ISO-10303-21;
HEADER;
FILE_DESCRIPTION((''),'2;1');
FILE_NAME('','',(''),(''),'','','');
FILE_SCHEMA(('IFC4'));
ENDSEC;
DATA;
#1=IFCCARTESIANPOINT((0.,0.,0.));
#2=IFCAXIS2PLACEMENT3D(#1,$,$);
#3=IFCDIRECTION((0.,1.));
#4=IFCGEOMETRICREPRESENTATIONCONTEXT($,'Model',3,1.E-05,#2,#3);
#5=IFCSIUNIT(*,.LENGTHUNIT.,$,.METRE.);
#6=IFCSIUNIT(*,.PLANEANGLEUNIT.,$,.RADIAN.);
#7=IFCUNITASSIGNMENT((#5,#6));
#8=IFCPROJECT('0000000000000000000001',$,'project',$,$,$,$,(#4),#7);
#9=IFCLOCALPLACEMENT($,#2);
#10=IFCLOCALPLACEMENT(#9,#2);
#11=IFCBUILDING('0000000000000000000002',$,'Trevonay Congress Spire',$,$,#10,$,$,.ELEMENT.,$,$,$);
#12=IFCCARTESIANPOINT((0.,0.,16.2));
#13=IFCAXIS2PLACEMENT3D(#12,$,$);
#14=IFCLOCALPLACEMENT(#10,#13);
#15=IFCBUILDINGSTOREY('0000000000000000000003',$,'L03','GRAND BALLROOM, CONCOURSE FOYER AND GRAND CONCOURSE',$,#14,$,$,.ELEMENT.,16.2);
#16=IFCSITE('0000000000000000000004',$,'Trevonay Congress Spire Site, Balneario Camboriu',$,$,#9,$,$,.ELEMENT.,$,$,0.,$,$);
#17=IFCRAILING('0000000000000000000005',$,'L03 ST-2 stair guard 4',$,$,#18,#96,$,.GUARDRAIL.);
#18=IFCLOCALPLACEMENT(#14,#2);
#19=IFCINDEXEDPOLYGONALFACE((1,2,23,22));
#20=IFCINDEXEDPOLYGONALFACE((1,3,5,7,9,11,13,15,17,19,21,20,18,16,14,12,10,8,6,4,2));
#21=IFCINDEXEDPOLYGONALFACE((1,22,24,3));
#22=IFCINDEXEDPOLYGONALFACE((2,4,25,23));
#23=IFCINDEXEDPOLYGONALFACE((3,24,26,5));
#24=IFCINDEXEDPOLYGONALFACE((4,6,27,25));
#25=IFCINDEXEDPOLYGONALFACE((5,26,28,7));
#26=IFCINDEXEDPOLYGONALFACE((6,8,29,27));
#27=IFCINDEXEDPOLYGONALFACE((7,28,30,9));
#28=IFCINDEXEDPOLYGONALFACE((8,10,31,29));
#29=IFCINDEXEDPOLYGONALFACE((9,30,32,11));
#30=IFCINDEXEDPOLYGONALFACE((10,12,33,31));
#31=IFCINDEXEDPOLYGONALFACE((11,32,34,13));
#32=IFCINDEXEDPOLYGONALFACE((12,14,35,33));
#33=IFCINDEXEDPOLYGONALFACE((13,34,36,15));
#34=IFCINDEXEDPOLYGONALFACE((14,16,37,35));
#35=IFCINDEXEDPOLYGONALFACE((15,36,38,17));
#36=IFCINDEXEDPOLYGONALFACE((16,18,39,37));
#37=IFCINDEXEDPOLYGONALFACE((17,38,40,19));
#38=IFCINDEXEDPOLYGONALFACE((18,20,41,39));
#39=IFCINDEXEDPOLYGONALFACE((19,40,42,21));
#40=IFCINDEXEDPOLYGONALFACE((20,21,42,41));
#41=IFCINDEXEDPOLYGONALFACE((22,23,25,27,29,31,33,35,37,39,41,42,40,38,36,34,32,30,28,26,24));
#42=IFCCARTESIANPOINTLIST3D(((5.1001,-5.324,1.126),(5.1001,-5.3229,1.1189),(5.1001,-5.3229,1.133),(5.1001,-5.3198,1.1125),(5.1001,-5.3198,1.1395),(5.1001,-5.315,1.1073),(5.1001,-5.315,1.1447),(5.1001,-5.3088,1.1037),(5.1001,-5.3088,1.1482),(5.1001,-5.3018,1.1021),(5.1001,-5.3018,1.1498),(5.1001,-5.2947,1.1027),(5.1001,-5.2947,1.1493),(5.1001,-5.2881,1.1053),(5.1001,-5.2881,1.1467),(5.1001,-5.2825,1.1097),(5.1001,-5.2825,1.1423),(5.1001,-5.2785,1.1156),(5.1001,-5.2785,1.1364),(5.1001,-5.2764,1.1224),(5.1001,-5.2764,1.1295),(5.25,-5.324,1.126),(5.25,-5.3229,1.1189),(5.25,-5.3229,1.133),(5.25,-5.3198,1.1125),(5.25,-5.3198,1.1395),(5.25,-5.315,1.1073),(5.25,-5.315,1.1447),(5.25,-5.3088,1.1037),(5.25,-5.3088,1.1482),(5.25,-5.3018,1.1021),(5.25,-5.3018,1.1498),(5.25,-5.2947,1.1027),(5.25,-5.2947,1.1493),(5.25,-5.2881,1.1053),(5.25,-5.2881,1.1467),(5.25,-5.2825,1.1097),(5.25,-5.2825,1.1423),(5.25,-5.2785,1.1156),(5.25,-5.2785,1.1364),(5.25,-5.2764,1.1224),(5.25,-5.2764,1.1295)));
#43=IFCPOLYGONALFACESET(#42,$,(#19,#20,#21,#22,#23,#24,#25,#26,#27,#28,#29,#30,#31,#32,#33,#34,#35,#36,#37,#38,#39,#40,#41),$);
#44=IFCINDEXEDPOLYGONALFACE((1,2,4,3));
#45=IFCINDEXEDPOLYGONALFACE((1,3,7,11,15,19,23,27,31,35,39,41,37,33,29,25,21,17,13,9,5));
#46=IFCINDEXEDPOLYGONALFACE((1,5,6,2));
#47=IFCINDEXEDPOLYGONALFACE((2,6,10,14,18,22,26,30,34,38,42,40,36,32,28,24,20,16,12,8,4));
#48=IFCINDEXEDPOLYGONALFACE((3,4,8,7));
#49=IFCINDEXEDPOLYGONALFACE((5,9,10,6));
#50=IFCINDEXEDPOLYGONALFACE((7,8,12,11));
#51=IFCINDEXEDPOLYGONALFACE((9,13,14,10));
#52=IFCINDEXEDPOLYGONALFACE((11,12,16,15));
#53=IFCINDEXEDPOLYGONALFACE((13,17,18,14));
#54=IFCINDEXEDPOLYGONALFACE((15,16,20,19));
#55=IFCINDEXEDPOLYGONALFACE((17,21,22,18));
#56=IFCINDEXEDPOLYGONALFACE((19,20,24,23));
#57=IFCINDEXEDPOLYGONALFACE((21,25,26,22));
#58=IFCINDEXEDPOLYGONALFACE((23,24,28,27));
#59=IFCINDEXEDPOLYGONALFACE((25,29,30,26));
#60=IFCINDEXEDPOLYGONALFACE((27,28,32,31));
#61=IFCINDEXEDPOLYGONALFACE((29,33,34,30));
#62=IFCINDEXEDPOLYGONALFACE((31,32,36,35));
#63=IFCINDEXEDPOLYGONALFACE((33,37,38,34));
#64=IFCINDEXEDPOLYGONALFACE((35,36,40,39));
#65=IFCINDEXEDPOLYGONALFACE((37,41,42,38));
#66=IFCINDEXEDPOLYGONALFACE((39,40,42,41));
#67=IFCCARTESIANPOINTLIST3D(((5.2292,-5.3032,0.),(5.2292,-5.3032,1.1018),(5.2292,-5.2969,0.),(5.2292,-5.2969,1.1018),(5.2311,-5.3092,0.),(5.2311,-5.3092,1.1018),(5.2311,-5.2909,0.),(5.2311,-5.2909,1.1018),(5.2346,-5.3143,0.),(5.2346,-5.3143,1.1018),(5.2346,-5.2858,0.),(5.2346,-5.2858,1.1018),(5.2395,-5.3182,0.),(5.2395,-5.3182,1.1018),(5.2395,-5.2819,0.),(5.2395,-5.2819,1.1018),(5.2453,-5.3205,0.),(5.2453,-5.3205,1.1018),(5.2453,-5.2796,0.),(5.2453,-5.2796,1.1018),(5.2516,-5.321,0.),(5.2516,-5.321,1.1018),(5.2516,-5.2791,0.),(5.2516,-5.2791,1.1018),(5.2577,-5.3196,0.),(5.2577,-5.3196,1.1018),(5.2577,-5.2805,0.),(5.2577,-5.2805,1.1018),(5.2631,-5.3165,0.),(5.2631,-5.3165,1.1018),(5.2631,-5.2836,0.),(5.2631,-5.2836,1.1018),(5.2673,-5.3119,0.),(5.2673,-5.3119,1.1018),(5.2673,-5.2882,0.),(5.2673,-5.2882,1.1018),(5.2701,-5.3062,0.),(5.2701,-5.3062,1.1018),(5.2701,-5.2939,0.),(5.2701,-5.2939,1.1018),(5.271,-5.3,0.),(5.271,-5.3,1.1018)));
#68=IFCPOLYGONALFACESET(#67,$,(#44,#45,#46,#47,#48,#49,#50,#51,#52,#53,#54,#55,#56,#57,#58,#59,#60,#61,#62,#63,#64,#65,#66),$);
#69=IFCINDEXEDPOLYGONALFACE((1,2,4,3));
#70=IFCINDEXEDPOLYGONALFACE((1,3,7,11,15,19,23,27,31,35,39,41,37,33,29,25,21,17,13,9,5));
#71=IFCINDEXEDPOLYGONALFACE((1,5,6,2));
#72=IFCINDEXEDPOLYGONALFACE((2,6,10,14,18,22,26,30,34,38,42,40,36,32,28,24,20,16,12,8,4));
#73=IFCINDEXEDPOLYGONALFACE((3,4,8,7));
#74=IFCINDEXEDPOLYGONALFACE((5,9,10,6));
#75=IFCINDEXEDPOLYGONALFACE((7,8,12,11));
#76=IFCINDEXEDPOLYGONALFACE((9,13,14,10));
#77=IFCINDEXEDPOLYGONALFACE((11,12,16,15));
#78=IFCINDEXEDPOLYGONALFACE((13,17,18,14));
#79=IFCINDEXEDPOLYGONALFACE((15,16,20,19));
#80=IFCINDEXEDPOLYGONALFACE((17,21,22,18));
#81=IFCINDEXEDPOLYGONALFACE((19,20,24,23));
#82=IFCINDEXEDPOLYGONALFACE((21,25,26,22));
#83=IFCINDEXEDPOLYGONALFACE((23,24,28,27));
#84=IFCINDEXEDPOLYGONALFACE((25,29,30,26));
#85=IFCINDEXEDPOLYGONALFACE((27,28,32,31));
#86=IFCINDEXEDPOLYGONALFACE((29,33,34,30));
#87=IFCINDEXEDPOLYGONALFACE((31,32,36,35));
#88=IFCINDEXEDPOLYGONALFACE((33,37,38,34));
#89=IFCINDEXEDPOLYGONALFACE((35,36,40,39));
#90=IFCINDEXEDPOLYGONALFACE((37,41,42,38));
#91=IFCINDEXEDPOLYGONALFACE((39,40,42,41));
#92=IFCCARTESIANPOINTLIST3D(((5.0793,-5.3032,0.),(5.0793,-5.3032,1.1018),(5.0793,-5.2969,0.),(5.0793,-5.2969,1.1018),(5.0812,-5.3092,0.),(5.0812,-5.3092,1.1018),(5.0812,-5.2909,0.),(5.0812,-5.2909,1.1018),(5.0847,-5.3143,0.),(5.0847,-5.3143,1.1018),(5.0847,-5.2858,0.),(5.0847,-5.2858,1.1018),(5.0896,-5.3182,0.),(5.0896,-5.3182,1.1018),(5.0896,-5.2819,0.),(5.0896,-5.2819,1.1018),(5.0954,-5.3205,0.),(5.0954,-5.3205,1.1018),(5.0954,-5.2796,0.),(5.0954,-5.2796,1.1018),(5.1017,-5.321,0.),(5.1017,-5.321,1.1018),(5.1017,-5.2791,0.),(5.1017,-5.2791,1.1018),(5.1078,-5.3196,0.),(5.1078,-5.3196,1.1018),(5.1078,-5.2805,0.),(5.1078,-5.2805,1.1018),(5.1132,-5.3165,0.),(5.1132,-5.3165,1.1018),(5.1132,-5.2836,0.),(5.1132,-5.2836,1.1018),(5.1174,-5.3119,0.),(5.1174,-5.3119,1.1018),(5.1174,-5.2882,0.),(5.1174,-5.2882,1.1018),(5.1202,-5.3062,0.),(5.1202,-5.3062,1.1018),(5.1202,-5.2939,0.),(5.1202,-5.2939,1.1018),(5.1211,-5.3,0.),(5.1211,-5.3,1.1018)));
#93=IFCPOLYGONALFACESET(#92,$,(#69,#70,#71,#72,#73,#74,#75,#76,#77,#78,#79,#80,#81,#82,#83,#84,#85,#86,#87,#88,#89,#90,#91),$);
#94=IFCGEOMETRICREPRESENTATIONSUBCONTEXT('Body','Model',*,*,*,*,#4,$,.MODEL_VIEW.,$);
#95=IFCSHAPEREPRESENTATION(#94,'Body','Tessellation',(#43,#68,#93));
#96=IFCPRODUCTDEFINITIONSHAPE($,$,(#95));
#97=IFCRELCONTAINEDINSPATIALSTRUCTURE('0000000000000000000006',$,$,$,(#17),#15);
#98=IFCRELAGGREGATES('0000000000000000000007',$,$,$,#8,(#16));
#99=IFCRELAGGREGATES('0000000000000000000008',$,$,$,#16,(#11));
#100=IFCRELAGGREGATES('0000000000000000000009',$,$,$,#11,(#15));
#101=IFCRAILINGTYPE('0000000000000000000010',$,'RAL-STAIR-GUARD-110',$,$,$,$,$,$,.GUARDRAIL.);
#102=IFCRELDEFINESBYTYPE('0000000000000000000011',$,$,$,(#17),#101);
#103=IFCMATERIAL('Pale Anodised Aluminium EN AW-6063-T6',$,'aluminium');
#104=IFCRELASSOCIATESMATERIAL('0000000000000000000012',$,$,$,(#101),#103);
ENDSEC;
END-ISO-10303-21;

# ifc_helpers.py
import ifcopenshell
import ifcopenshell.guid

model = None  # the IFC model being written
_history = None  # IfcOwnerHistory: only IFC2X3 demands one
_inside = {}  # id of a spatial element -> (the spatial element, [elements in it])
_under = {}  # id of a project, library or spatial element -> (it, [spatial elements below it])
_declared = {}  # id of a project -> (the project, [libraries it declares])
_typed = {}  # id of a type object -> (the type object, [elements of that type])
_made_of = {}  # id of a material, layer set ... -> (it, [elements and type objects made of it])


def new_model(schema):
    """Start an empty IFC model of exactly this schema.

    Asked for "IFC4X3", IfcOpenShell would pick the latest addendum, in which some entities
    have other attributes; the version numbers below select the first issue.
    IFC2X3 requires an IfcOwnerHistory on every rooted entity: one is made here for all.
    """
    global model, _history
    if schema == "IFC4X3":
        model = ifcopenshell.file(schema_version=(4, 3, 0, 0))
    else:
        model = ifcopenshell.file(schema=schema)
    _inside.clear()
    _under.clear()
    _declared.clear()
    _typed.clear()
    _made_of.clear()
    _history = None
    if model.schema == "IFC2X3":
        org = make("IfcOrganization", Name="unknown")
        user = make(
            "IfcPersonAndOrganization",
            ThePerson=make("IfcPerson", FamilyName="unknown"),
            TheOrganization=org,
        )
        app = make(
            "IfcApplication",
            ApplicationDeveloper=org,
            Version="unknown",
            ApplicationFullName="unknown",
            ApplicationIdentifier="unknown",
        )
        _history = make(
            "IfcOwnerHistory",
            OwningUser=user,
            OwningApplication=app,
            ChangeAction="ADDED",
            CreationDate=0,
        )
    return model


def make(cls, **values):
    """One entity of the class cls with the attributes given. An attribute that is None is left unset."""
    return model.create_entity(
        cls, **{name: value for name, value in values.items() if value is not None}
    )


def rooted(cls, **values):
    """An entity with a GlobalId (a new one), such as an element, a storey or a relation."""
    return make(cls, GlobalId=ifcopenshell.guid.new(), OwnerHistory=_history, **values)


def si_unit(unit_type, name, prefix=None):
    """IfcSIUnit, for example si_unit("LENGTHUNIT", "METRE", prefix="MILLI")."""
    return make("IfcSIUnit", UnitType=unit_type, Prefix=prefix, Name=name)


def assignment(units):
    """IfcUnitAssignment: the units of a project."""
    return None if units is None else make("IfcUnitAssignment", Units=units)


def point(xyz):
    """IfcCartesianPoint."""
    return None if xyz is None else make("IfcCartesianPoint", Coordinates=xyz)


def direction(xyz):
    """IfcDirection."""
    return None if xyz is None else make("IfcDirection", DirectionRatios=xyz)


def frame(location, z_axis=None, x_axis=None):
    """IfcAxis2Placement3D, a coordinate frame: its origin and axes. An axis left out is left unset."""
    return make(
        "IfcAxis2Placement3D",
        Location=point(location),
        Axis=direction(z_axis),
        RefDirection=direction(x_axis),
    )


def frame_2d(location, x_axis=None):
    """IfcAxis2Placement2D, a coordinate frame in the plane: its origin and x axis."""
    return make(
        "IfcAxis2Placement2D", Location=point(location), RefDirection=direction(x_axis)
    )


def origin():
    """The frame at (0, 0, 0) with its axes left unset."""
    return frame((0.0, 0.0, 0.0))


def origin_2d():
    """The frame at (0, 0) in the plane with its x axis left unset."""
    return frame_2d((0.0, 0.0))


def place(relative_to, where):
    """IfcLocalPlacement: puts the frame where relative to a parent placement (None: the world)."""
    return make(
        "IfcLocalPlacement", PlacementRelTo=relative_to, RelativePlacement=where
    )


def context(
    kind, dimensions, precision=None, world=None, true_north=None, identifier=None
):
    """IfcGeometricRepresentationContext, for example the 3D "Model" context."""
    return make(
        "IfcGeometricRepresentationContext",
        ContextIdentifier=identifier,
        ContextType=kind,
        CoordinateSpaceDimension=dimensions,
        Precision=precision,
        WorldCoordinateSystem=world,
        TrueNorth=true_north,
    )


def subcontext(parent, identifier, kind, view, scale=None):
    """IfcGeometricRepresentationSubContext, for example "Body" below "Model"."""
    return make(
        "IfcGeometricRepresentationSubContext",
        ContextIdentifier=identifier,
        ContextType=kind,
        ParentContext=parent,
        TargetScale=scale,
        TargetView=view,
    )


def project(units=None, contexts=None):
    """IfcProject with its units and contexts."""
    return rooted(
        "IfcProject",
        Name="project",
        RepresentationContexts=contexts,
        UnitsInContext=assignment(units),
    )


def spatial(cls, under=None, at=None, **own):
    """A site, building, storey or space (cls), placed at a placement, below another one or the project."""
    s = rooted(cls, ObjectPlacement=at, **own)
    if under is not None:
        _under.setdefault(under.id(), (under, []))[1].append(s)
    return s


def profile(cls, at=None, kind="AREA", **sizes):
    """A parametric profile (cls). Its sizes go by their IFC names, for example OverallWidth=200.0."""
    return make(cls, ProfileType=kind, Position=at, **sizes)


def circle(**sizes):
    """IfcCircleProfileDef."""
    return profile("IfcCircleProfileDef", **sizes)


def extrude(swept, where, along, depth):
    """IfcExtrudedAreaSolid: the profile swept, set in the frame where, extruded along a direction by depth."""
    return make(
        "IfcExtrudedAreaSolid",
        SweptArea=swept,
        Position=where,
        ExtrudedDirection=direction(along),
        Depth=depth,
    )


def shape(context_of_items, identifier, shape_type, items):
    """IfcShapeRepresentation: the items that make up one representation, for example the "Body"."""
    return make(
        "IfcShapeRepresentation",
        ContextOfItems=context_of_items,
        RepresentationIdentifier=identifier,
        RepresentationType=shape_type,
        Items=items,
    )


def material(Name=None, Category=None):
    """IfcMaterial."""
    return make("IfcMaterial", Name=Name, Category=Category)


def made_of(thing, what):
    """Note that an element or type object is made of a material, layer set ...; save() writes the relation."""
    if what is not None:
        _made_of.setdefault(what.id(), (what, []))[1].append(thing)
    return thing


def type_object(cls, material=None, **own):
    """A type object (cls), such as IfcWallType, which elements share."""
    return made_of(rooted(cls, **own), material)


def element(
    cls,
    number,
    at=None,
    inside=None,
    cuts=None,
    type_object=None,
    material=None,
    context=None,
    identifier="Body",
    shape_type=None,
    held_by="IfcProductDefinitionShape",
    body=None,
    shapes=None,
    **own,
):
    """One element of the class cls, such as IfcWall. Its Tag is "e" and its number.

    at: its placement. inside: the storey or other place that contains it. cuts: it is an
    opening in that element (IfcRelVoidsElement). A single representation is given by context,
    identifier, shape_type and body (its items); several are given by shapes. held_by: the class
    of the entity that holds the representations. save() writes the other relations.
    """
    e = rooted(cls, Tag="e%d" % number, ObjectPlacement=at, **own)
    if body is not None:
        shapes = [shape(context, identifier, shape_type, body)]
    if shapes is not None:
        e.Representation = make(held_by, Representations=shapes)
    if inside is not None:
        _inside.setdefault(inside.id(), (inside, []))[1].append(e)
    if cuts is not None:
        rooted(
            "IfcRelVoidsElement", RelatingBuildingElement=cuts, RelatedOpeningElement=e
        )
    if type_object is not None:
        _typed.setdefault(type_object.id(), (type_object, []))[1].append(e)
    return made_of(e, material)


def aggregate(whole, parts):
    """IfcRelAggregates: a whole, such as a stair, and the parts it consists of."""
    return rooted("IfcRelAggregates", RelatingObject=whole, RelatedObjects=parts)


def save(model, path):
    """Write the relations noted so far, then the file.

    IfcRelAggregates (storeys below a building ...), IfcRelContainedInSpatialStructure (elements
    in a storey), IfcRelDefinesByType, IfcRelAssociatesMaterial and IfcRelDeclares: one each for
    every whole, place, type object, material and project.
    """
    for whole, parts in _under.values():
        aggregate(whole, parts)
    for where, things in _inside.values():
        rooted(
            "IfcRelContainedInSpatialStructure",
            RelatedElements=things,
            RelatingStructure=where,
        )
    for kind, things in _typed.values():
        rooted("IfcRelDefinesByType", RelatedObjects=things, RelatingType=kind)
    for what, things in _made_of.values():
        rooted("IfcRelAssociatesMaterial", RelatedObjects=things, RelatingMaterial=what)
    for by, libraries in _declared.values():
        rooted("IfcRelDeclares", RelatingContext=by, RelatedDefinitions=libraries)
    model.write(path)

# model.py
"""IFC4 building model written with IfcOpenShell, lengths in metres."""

from ifc_helpers import new_model, si_unit, direction, frame, origin, origin_2d, place, context, subcontext, project, spatial, circle, extrude, material, type_object, element, save


model = new_model("IFC4")

# Units and contexts
model_context = context("Model", 3, precision=1e-05, world=origin(), true_north=direction((0.0, 1.0)))
body_context = subcontext(model_context, "Body", "Model", "MODEL_VIEW")
ifc_project = project(units=[si_unit("LENGTHUNIT", "METRE"), si_unit("PLANEANGLEUNIT", "RADIAN")], contexts=[model_context])

# Site, building, storey
site_placement = place(None, origin())
site = spatial("IfcSite", under=ifc_project, at=site_placement, Name="Trevonay Congress Spire Site, Balneario Camboriu", CompositionType="ELEMENT", RefElevation=0.0)
building_placement = place(site_placement, origin())
building = spatial("IfcBuilding", under=site, at=building_placement, Name="Trevonay Congress Spire", CompositionType="ELEMENT")
storey_placement = place(building_placement, frame((0.0, 0.0, 16.2)))
storey = spatial("IfcBuildingStorey", under=building, at=storey_placement, Name="L03", Description="GRAND BALLROOM, CONCOURSE FOYER AND GRAND CONCOURSE", CompositionType="ELEMENT", Elevation=16.2)

# Railing
ifc_material_1 = material(Name="Pale Anodised Aluminium EN AW-6063-T6", Category="aluminium")
railing_type_1 = type_object("IfcRailingType", Name="RAL-STAIR-GUARD-110", PredefinedType="GUARDRAIL", material=ifc_material_1)
railing_1_placement = place(storey_placement, frame((5.25, -5.3, 0.0)))
element("IfcRailing", 1, at=railing_1_placement, inside=storey, type_object=railing_type_1, Name="L03 ST-2 stair guard 4", PredefinedType="GUARDRAIL", context=body_context, shape_type="SweptSolid", body=[
    extrude(circle(Radius=0.0239, at=origin_2d()), frame((0.0, 0.0, 1.126), z_axis=(-1.0, 0.0, 0.0), x_axis=(0.0, -1.0, 0.0)), (0.0, 0.0, 1.0), 0.1499),
    extrude(circle(Radius=0.021, at=origin_2d()), origin(), (0.0, 0.0, 1.0), 1.1018),
    extrude(circle(Radius=0.021, at=origin_2d()), frame((-0.1499, 0.0, 0.0)), (0.0, 0.0, 1.0), 1.1018),
])

save(model, "model.ifc")
